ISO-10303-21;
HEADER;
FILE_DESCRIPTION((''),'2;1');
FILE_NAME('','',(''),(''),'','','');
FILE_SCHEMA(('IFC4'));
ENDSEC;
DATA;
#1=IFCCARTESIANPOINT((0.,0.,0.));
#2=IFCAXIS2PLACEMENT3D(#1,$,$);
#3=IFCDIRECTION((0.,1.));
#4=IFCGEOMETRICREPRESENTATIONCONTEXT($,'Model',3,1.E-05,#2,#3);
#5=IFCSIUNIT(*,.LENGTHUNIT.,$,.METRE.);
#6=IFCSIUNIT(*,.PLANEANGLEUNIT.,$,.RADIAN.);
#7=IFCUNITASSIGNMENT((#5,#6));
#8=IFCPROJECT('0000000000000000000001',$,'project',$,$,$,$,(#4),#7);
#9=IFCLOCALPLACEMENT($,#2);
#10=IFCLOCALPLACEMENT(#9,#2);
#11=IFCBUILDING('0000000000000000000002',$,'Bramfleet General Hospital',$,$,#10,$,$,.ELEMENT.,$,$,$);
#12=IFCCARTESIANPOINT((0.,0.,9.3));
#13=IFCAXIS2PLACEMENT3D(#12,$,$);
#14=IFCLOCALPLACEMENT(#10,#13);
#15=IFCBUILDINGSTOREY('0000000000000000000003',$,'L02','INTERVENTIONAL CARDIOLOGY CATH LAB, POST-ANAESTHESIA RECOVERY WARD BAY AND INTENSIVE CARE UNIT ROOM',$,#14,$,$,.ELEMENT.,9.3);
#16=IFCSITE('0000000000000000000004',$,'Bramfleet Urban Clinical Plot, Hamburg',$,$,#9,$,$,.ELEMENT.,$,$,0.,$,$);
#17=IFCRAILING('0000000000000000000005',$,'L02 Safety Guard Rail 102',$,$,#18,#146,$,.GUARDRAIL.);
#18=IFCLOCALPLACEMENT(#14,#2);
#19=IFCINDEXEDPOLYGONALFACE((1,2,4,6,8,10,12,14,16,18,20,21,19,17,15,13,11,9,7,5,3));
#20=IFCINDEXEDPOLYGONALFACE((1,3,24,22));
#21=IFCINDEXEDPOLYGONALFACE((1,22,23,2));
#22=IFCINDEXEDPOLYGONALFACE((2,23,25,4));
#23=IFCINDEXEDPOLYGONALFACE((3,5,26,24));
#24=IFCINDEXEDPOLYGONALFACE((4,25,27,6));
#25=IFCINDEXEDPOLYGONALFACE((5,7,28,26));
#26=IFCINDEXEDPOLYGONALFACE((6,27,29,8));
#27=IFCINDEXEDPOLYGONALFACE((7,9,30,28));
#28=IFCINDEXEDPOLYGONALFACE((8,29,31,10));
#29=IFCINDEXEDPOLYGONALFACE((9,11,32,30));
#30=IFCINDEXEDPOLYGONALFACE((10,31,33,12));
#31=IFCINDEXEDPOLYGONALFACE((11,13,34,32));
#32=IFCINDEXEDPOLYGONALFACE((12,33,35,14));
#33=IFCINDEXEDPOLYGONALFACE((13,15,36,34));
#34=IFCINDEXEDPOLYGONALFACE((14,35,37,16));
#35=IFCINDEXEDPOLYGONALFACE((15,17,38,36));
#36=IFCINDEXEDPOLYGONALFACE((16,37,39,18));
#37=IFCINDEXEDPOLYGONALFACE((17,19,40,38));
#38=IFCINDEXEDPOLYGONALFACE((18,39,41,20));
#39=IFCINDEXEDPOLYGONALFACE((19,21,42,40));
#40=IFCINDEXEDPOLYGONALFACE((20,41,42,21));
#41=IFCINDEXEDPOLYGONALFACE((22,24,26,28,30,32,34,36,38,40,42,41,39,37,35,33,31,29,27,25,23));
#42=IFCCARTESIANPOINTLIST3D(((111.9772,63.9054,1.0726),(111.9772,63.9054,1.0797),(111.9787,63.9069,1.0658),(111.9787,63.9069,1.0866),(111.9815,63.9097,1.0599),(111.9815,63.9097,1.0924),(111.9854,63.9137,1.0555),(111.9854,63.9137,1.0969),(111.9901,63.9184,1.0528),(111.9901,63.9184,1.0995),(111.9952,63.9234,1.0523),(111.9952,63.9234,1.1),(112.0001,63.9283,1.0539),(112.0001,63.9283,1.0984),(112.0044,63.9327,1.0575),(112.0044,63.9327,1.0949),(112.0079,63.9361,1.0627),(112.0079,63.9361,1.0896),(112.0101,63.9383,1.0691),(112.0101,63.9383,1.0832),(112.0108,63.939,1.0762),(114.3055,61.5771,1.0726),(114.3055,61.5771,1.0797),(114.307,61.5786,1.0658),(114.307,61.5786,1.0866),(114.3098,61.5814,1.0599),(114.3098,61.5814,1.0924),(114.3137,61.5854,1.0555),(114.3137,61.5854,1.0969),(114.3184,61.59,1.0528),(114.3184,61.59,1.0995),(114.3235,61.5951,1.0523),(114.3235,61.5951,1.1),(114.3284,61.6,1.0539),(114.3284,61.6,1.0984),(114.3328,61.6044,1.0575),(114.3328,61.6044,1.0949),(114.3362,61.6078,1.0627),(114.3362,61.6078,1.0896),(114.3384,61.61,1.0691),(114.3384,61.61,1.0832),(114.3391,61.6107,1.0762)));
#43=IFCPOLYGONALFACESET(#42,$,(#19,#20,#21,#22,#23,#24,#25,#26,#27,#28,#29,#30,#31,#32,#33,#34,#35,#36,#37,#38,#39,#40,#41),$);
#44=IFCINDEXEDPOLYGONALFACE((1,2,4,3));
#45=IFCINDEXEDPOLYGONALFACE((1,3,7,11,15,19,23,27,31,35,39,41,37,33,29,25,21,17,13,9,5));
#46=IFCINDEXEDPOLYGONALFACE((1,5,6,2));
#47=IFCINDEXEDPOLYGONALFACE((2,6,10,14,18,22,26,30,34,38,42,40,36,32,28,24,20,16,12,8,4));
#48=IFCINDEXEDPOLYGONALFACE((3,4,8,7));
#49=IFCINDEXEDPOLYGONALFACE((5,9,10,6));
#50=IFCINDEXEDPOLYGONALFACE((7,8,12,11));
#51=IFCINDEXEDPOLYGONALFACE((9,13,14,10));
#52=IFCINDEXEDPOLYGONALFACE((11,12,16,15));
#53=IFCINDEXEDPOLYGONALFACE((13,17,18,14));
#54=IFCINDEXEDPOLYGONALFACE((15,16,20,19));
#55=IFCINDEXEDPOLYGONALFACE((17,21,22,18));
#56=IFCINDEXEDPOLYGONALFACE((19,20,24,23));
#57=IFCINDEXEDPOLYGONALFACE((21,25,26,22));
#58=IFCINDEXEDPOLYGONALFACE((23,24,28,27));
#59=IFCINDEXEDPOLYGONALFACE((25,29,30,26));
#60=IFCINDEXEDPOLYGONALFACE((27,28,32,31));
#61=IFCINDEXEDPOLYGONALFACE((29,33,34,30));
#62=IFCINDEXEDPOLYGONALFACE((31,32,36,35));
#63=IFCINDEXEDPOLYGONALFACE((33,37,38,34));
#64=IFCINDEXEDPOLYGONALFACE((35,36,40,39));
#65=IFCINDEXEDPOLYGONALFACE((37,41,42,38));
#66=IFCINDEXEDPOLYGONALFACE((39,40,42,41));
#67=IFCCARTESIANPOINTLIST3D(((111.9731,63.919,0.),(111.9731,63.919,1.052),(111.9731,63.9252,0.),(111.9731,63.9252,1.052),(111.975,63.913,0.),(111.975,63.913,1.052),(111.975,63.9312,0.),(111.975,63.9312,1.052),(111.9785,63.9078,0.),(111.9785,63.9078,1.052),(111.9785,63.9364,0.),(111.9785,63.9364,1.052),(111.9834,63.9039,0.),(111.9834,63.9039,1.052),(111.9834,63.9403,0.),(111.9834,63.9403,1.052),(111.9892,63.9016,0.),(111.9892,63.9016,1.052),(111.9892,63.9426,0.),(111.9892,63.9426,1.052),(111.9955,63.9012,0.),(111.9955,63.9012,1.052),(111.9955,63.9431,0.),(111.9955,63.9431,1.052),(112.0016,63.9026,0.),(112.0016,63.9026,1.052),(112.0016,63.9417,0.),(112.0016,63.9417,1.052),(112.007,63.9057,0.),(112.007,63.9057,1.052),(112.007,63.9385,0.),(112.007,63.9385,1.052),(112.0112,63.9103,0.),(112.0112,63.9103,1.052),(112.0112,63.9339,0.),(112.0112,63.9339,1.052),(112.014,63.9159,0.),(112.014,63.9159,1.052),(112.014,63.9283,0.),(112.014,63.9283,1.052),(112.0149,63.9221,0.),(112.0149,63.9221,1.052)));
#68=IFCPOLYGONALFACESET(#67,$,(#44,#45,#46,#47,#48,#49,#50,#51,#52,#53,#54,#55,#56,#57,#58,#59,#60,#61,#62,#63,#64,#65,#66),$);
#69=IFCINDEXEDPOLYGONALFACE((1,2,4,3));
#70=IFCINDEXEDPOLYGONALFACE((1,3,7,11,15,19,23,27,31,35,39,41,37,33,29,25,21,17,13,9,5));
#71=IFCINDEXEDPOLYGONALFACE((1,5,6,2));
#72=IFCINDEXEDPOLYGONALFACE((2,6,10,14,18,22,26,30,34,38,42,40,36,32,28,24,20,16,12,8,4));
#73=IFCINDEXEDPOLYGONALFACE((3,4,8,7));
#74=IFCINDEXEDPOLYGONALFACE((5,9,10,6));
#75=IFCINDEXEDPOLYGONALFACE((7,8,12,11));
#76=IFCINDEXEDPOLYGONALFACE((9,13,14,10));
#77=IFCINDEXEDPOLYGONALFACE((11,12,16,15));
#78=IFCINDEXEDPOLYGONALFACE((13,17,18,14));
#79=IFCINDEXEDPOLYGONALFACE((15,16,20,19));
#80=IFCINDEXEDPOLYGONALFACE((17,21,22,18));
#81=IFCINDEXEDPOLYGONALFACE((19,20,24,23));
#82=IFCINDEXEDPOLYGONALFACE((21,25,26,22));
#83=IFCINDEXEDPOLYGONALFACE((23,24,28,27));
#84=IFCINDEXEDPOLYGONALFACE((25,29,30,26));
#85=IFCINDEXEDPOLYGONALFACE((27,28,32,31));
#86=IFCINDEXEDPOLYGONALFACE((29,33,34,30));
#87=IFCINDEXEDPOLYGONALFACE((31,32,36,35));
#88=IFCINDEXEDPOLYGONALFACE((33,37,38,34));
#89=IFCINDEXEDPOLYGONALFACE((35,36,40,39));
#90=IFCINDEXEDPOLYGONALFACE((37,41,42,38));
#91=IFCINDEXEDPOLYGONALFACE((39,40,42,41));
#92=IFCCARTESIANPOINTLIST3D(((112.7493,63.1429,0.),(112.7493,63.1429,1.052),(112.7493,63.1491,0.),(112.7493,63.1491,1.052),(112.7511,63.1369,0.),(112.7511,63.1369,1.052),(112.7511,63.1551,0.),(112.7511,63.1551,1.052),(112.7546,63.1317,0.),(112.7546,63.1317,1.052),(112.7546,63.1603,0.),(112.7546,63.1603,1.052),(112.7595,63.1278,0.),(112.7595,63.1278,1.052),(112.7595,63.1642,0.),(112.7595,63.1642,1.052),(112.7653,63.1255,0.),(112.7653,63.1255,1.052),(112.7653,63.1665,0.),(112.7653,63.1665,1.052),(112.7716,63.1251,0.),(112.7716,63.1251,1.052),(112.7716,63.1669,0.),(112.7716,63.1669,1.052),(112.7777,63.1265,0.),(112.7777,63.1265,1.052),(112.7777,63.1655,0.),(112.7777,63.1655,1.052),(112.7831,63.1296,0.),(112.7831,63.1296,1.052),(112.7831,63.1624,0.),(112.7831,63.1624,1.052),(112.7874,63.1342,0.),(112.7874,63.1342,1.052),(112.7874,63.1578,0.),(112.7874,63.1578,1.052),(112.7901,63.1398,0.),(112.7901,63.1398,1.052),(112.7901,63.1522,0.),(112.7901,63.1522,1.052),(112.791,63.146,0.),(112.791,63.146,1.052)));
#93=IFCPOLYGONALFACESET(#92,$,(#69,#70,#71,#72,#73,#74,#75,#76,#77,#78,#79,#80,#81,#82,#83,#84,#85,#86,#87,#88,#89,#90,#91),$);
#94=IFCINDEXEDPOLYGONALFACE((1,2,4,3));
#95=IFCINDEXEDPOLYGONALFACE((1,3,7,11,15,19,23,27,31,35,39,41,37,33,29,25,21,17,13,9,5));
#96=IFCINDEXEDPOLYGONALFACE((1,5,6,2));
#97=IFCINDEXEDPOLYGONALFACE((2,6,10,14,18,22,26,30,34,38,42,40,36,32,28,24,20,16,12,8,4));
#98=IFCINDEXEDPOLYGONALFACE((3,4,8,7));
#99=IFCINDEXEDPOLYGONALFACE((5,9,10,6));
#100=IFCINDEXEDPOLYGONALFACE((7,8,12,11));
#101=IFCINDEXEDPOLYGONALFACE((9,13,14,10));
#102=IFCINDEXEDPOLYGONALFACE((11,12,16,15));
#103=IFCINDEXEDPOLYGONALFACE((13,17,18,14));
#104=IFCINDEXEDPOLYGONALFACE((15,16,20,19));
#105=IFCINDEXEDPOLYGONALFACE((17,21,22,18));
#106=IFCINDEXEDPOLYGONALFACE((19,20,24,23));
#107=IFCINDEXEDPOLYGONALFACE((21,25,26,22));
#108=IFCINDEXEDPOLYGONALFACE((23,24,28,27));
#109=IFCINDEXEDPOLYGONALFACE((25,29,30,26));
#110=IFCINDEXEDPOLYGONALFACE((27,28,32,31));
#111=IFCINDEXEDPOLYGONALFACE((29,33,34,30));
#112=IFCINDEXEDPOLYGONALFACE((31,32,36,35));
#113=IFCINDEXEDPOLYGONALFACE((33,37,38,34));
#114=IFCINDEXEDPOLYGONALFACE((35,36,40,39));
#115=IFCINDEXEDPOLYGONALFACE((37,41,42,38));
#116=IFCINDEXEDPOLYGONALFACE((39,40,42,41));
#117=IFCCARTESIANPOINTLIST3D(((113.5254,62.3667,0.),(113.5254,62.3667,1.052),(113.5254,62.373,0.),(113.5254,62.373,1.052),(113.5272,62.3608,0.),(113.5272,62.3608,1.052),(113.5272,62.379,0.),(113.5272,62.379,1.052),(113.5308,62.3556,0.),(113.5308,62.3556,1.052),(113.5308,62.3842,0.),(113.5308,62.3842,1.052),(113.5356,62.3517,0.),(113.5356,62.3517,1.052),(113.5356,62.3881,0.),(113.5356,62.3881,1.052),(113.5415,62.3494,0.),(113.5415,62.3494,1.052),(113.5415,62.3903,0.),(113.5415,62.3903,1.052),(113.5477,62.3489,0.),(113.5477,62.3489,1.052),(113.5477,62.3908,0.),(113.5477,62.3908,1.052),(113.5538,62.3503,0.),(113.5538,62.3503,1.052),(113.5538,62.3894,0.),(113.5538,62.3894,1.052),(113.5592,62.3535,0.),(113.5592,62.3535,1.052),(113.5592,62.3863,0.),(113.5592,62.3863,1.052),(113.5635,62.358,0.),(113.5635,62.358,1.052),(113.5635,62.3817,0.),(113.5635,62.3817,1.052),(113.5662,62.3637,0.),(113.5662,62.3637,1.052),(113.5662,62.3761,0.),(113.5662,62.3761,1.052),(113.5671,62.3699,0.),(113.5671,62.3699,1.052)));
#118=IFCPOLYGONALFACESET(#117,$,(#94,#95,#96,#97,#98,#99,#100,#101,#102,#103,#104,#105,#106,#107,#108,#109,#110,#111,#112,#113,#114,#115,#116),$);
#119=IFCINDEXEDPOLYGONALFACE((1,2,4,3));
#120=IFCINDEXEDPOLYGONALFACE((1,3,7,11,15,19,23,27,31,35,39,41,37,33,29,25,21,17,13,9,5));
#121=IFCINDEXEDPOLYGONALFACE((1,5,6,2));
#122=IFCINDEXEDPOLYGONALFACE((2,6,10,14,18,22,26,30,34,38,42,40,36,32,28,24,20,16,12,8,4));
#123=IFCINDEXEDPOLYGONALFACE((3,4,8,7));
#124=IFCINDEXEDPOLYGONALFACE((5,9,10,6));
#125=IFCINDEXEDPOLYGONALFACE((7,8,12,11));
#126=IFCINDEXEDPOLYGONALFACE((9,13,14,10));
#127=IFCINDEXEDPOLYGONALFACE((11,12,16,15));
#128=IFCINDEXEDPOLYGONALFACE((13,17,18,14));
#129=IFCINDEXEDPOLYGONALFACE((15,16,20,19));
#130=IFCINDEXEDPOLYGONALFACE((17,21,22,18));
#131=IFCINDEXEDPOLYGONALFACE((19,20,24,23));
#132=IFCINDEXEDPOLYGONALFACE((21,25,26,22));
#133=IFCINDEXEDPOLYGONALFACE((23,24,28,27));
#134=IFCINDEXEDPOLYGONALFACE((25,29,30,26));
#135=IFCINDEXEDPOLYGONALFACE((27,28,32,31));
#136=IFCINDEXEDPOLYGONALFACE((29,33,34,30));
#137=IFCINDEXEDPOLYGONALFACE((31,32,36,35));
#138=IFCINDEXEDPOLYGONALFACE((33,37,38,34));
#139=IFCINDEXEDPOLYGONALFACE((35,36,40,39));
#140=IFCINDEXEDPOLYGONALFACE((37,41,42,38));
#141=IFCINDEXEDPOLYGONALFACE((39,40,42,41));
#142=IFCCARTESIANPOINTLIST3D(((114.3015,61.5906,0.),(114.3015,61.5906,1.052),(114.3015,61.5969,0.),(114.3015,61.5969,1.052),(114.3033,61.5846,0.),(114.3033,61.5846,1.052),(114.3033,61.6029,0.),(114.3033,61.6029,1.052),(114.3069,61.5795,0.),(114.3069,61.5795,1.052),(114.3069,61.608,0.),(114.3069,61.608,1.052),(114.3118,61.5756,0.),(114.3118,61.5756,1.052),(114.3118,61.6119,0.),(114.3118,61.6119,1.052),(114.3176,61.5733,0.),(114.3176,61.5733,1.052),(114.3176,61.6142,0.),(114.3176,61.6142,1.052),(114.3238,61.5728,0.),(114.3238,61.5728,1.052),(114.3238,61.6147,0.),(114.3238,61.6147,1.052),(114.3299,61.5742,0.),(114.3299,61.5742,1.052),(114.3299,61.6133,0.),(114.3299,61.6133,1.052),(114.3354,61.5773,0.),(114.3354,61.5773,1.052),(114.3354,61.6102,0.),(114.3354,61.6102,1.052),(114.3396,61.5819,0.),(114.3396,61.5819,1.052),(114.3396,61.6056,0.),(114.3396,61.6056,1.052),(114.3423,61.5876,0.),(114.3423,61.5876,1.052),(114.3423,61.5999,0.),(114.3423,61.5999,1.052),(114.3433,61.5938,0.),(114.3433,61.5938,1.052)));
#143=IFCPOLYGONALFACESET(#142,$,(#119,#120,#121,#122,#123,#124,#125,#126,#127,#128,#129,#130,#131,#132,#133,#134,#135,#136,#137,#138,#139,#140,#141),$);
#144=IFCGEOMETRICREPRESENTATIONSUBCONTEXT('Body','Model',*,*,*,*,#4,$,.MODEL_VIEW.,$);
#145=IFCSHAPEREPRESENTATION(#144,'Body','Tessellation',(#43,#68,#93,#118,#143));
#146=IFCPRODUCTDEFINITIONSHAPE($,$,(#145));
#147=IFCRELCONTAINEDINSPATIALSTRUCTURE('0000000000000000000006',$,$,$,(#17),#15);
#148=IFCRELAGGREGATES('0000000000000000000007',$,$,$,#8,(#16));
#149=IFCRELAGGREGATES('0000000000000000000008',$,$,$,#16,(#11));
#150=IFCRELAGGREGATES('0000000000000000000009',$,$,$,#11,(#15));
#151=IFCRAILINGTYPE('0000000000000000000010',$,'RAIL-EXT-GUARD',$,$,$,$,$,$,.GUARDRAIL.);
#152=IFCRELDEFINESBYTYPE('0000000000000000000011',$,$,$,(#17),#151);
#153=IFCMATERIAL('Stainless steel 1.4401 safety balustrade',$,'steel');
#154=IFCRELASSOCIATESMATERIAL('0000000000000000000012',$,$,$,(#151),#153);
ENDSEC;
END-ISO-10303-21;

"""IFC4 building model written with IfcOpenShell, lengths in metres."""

from ifc_helpers import new_model, si_unit, direction, frame, origin, origin_2d, place, context, subcontext, project, spatial, circle, extrude, material, type_object, element, save


model = new_model("IFC4")

# Units and contexts
model_context = context("Model", 3, precision=1e-05, world=origin(), true_north=direction((0.0, 1.0)))
body_context = subcontext(model_context, "Body", "Model", "MODEL_VIEW")
ifc_project = project(units=[si_unit("LENGTHUNIT", "METRE"), si_unit("PLANEANGLEUNIT", "RADIAN")], contexts=[model_context])

# Site, building, storey
site_placement = place(None, origin())
site = spatial("IfcSite", under=ifc_project, at=site_placement, Name="Bramfleet Urban Clinical Plot, Hamburg", CompositionType="ELEMENT", RefElevation=0.0)
building_placement = place(site_placement, origin())
building = spatial("IfcBuilding", under=site, at=building_placement, Name="Bramfleet General Hospital", CompositionType="ELEMENT")
storey_placement = place(building_placement, frame((0.0, 0.0, 9.3)))
storey = spatial("IfcBuildingStorey", under=building, at=storey_placement, Name="L02", Description="INTERVENTIONAL CARDIOLOGY CATH LAB, POST-ANAESTHESIA RECOVERY WARD BAY AND INTENSIVE CARE UNIT ROOM", CompositionType="ELEMENT", Elevation=9.3)

# Railing
ifc_material_1 = material(Name="Stainless steel 1.4401 safety balustrade", Category="steel")
railing_type = type_object("IfcRailingType", Name="RAIL-EXT-GUARD", PredefinedType="GUARDRAIL", material=ifc_material_1)
railing_1_placement = place(storey_placement, frame((111.9939, 63.9221, 0.0)))
element("IfcRailing", 1, at=railing_1_placement, inside=storey, type_object=railing_type, Name="L02 Safety Guard Rail 102", PredefinedType="GUARDRAIL", context=body_context, shape_type="SweptSolid", body=[
    extrude(circle(Radius=0.0239, at=origin_2d()), frame((0.0, 0.0, 1.0762), z_axis=(0.707107, -0.707107, 0.0), x_axis=(0.707107, 0.707107, 0.0)), (0.0, 0.0, 1.0), 3.2927),
    extrude(circle(Radius=0.021, at=origin_2d()), origin(), (0.0, 0.0, 1.0), 1.052),
    extrude(circle(Radius=0.021, at=origin_2d()), frame((0.7761, -0.7761, 0.0)), (0.0, 0.0, 1.0), 1.052),
    extrude(circle(Radius=0.021, at=origin_2d()), frame((1.5522, -1.5522, 0.0)), (0.0, 0.0, 1.0), 1.052),
    extrude(circle(Radius=0.021, at=origin_2d()), frame((2.3284, -2.3284, 0.0)), (0.0, 0.0, 1.0), 1.052),
])

save(model, "model.ifc")
